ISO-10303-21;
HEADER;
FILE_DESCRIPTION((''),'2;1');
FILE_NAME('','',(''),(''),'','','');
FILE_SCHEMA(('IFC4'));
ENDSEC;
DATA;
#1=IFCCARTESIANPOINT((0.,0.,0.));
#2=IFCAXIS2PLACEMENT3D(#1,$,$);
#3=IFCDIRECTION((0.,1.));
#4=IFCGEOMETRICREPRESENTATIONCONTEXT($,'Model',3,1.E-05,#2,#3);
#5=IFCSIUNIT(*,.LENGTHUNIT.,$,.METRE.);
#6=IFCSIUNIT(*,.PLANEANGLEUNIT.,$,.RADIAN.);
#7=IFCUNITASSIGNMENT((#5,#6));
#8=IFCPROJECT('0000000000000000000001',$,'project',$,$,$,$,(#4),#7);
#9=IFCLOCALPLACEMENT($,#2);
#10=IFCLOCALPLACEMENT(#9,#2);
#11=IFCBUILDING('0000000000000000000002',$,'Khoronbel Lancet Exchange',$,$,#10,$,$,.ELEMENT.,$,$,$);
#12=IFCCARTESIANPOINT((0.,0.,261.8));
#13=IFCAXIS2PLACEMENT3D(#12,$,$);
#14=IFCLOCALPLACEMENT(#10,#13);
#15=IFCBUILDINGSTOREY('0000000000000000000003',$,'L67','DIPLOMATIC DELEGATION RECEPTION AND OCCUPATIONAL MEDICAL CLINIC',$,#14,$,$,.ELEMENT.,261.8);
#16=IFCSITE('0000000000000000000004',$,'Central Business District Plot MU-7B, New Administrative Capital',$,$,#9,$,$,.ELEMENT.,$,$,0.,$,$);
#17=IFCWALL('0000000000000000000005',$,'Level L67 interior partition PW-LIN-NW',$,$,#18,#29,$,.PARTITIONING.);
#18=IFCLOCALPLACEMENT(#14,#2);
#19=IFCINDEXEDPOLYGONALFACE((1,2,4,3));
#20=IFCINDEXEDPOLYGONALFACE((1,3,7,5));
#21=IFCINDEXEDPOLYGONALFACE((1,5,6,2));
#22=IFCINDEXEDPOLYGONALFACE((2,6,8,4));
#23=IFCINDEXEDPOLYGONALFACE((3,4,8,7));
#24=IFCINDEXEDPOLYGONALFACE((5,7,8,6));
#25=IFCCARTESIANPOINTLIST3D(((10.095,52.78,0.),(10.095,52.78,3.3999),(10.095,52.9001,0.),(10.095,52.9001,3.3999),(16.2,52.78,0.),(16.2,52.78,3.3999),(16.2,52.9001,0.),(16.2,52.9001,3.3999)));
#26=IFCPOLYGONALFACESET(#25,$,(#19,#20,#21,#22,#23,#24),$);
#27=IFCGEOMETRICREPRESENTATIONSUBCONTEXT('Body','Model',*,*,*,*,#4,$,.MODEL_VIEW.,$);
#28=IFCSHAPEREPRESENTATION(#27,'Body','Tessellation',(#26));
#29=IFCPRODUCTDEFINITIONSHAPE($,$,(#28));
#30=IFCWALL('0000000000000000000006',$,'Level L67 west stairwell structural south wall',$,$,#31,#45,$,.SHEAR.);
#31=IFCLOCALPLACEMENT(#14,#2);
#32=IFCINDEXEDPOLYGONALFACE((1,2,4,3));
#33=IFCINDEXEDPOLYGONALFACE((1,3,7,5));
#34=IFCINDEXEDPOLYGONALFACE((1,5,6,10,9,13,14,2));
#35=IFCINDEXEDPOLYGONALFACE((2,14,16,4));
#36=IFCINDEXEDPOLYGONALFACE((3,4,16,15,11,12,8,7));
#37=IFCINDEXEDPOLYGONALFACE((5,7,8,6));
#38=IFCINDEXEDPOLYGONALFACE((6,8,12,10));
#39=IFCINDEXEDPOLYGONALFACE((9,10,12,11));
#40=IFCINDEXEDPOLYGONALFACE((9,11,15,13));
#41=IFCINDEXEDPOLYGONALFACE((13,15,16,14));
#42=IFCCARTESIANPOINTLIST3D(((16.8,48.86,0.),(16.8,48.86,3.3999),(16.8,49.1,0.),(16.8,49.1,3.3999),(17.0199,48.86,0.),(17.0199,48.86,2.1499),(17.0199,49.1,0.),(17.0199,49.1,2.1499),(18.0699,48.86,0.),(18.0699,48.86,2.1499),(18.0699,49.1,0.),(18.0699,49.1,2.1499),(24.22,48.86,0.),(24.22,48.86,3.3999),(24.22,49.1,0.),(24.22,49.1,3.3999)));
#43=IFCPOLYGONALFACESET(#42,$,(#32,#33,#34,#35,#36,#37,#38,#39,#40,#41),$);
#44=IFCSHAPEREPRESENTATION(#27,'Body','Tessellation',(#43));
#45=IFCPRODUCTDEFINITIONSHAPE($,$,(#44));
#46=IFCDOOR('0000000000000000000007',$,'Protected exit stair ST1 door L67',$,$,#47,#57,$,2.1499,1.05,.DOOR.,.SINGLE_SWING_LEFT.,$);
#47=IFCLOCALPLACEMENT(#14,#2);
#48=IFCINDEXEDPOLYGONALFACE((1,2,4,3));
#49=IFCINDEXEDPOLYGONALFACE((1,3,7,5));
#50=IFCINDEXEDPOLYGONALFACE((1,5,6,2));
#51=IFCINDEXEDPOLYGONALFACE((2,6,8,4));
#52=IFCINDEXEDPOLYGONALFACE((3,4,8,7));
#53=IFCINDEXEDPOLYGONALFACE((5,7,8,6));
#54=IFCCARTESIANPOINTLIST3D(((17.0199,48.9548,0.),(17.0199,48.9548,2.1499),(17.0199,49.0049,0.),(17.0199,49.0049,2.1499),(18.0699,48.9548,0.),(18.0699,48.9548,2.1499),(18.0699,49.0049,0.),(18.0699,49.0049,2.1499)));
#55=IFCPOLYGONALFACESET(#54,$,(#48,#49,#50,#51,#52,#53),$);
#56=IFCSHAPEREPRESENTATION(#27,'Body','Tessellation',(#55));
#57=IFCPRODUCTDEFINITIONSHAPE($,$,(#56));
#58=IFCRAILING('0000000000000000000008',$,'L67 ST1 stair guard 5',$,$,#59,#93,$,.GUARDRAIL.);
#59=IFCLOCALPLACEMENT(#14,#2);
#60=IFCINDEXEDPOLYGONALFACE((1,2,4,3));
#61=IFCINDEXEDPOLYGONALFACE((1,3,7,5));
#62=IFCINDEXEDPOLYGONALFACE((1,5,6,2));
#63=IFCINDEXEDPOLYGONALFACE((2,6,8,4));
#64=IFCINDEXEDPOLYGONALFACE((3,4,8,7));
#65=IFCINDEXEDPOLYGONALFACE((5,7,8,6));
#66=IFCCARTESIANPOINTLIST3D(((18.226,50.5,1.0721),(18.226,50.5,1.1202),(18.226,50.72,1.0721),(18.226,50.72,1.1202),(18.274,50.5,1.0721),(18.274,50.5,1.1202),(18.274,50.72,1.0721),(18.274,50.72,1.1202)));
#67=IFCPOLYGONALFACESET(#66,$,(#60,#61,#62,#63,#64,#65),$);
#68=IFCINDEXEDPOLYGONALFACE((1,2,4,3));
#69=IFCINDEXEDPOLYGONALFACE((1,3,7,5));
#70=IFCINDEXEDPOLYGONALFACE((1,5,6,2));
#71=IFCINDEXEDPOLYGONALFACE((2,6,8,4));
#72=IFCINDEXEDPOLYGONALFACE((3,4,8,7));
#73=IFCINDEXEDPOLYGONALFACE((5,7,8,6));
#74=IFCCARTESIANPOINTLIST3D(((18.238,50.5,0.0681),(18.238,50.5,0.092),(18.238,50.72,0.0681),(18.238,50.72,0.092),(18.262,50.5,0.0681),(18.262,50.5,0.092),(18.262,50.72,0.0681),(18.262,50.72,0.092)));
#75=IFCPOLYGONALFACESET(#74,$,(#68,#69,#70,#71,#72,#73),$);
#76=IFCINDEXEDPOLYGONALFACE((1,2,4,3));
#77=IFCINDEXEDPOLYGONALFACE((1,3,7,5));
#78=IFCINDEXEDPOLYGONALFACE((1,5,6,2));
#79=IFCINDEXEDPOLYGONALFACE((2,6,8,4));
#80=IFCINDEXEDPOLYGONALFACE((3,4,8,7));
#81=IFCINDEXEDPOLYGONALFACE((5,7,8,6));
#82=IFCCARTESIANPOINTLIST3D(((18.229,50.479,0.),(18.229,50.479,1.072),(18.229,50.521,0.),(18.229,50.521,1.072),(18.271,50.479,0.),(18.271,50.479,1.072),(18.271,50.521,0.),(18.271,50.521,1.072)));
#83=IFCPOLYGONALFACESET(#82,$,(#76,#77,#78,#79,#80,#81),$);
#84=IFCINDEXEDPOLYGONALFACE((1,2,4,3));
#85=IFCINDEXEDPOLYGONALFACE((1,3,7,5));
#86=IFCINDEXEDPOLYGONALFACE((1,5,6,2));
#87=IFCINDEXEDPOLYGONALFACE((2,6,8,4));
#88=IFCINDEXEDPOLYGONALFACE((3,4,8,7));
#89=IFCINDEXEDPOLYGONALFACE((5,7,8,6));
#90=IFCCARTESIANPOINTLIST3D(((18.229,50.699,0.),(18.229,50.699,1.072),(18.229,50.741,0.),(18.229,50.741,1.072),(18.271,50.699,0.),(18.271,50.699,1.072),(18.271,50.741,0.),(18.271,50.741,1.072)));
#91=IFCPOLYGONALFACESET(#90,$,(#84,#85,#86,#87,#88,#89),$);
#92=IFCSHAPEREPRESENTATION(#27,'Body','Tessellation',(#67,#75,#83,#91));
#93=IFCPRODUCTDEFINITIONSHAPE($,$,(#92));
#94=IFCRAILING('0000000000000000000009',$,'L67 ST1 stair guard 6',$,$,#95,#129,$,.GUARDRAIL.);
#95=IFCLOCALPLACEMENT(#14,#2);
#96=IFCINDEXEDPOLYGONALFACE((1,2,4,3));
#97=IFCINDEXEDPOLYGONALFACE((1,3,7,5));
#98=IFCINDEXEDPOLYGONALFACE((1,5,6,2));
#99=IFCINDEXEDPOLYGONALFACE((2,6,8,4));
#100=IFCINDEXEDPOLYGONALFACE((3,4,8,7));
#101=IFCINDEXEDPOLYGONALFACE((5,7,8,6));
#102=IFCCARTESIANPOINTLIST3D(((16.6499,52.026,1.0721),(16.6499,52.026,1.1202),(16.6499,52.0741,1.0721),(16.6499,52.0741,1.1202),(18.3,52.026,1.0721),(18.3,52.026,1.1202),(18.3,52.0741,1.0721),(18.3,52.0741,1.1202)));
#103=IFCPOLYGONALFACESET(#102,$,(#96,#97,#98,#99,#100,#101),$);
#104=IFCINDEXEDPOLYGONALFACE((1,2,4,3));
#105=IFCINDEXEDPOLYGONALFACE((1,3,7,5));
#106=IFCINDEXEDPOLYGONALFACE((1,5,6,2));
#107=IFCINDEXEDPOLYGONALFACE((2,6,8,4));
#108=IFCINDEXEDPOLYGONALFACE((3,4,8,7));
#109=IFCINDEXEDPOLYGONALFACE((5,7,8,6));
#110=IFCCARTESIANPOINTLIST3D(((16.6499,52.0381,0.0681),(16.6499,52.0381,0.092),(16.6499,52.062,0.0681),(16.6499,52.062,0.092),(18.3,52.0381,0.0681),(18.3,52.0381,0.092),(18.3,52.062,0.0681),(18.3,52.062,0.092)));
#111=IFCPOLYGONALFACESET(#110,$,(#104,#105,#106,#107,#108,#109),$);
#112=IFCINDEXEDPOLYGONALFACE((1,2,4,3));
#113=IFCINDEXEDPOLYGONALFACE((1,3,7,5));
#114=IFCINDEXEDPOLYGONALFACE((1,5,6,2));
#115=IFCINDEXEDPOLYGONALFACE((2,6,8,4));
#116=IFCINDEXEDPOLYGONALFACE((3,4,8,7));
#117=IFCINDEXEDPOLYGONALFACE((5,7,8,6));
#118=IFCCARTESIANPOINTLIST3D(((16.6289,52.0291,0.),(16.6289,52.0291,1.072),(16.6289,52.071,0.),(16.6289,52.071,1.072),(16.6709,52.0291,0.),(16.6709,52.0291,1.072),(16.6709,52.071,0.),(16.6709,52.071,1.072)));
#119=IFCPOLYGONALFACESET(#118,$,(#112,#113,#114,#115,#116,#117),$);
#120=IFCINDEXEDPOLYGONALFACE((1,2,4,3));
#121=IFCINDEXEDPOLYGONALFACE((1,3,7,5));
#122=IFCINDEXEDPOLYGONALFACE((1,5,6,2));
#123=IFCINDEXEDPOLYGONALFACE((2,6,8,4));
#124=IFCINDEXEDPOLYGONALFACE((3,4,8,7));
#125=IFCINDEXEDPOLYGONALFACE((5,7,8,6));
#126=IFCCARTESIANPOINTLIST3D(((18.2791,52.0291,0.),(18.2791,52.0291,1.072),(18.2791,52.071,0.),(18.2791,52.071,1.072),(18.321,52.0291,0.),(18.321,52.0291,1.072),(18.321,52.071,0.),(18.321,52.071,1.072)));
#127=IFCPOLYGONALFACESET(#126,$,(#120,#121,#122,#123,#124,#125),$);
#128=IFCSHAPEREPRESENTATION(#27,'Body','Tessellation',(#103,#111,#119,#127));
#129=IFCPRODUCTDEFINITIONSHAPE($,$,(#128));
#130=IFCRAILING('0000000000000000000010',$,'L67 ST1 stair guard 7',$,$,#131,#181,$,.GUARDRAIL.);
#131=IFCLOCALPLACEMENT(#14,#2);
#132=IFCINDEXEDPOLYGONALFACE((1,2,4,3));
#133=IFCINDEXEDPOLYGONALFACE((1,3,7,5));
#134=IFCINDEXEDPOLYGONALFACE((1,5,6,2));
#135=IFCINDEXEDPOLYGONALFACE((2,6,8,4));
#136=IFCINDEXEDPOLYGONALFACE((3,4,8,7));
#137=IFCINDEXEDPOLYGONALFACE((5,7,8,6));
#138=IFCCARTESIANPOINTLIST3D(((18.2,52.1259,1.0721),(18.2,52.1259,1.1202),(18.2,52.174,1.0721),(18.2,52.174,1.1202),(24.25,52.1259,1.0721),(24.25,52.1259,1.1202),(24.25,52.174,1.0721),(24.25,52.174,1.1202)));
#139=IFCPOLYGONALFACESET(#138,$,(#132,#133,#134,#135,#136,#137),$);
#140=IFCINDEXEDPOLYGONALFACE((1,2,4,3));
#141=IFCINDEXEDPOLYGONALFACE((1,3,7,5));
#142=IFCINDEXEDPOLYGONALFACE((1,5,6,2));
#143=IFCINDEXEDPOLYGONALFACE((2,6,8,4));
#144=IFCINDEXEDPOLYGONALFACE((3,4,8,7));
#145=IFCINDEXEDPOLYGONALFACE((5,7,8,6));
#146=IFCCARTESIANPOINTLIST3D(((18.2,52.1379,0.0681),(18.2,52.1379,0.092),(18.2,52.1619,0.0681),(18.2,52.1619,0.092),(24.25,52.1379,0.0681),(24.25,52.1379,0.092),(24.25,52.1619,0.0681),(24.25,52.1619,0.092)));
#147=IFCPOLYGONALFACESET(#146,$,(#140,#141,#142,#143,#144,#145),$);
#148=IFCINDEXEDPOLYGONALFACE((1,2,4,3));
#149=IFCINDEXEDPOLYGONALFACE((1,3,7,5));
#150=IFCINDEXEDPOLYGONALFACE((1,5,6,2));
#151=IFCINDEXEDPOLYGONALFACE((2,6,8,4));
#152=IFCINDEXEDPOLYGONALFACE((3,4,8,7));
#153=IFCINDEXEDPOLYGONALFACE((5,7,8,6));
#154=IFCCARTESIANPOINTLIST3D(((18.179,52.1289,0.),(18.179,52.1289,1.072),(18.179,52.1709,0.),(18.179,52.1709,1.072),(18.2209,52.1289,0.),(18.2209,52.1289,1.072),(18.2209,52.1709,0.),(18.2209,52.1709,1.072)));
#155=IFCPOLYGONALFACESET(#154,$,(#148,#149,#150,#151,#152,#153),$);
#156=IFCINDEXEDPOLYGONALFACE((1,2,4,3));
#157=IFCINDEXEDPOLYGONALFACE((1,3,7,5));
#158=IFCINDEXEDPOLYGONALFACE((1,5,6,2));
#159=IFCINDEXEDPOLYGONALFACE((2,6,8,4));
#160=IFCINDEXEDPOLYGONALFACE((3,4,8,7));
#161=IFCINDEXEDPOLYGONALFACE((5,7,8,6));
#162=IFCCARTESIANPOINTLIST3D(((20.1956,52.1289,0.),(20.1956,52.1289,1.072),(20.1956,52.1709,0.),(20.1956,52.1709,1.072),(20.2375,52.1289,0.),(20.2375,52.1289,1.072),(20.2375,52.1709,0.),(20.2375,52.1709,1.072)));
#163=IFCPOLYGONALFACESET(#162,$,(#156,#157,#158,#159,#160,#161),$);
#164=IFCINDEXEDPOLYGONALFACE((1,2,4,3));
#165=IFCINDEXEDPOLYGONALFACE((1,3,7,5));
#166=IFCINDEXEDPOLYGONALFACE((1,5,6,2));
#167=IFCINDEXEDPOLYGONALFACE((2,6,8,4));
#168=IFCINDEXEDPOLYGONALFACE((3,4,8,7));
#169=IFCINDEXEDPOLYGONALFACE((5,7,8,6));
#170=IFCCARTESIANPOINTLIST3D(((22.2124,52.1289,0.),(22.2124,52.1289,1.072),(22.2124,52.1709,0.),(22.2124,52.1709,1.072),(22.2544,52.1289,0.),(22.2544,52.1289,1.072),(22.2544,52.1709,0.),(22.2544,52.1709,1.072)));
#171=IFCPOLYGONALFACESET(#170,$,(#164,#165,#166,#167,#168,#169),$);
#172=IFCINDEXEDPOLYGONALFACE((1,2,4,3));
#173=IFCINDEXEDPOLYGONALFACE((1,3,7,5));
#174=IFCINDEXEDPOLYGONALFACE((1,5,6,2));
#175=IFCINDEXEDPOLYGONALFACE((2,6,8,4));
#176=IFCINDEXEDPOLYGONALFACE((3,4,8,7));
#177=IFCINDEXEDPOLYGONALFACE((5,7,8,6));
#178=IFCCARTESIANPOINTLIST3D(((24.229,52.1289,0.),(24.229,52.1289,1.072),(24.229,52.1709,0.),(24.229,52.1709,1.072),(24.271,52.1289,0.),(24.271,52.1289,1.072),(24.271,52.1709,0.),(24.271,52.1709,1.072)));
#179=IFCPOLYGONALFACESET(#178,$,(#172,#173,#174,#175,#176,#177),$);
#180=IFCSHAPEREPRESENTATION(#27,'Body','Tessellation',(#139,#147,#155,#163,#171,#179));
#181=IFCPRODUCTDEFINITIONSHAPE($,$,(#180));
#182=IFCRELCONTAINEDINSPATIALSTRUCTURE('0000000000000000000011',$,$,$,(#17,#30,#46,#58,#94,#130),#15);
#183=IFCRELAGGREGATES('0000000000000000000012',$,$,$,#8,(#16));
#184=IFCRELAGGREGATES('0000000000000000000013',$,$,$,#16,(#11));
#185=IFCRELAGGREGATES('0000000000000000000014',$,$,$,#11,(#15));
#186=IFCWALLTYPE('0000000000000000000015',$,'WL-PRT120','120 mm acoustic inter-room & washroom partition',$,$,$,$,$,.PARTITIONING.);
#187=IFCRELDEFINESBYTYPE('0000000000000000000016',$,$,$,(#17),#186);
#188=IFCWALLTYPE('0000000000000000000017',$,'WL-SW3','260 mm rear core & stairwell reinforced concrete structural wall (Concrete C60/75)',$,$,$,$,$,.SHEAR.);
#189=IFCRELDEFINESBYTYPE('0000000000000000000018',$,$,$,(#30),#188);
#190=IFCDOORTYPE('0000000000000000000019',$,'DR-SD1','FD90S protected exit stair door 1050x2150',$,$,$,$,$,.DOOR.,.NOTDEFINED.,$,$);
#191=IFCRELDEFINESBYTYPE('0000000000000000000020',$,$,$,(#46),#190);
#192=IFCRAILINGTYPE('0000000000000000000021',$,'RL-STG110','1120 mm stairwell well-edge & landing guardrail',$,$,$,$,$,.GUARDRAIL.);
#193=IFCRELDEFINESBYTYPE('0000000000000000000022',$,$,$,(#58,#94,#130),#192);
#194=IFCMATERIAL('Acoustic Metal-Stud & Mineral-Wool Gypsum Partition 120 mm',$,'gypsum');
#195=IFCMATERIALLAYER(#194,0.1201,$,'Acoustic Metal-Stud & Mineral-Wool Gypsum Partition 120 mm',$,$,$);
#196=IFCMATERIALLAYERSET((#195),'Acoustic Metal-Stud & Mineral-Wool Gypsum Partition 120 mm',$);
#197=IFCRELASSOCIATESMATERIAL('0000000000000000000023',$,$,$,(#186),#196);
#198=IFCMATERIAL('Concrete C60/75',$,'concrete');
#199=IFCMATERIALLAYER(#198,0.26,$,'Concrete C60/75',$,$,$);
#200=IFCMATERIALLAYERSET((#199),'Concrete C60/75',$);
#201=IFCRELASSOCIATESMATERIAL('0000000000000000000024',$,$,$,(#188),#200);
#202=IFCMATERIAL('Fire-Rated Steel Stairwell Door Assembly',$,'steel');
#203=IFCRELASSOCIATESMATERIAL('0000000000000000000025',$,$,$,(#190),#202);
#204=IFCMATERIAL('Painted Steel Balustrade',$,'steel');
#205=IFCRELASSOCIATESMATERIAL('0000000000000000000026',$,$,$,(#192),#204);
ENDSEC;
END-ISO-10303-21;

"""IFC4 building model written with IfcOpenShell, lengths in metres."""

from ifc_helpers import new_model, si_unit, direction, frame, frame_2d, origin, origin_2d, place, context, subcontext, project, spatial, rectangle, extrude, material, layer, layer_set, type_object, element, fill, save


model = new_model("IFC4")

# Units and contexts
model_context = context("Model", 3, precision=1e-05, world=origin(), true_north=direction((0.0, 1.0)))
body_context = subcontext(model_context, "Body", "Model", "MODEL_VIEW")
ifc_project = project(units=[si_unit("LENGTHUNIT", "METRE"), si_unit("PLANEANGLEUNIT", "RADIAN")], contexts=[model_context])

# Site, building, storey
site_placement = place(None, origin())
site = spatial("IfcSite", under=ifc_project, at=site_placement, Name="Central Business District Plot MU-7B, New Administrative Capital", CompositionType="ELEMENT", RefElevation=0.0)
building_placement = place(site_placement, origin())
building = spatial("IfcBuilding", under=site, at=building_placement, Name="Khoronbel Lancet Exchange", CompositionType="ELEMENT")
storey_placement = place(building_placement, frame((0.0, 0.0, 261.8)))
storey = spatial("IfcBuildingStorey", under=building, at=storey_placement, Name="L67", Description="DIPLOMATIC DELEGATION RECEPTION AND OCCUPATIONAL MEDICAL CLINIC", CompositionType="ELEMENT", Elevation=261.8)

# Shared definitions
ifc_material_1 = material(Name="Concrete C60/75", Category="concrete")

# Shared definitions
ifc_material_2 = material(Name="Acoustic Metal-Stud & Mineral-Wool Gypsum Partition 120 mm", Category="gypsum")
ifc_layer_1 = layer(ifc_material_2, 0.1201, Name="Acoustic Metal-Stud & Mineral-Wool Gypsum Partition 120 mm")
ifc_layer_set_1 = layer_set([ifc_layer_1], Name="Acoustic Metal-Stud & Mineral-Wool Gypsum Partition 120 mm")
wall_type_1 = type_object("IfcWallType", Name="WL-PRT120", Description="120 mm acoustic inter-room & washroom partition", PredefinedType="PARTITIONING", material=ifc_layer_set_1)

# Wall
wall_1_placement = place(storey_placement, frame((10.095, 52.8401, 0.0), z_axis=(0.0, 0.0, 1.0), x_axis=(1.0, 0.0, 0.0)))
element("IfcWall", 1, at=wall_1_placement, inside=storey, type_object=wall_type_1, Name="Level L67 interior partition PW-LIN-NW", PredefinedType="PARTITIONING", context=body_context, shape_type="SweptSolid", body=[
    extrude(rectangle(XDim=6.105, YDim=0.1201, at=frame_2d((3.0525, 0.0))), origin(), (0.0, 0.0, 1.0), 3.3999),
])

# Wall, opening, door
ifc_layer_2 = layer(ifc_material_1, 0.26, Name="Concrete C60/75")
ifc_layer_set_2 = layer_set([ifc_layer_2], Name="Concrete C60/75")
wall_type_2 = type_object("IfcWallType", Name="WL-SW3", Description="260 mm rear core & stairwell reinforced concrete structural wall (Concrete C60/75)", PredefinedType="SHEAR", material=ifc_layer_set_2)
wall_2_placement = place(storey_placement, frame((16.8, 48.98, 0.0), z_axis=(0.0, 0.0, 1.0), x_axis=(1.0, 0.0, 0.0)))
wall_2 = element("IfcWall", 2, at=wall_2_placement, inside=storey, type_object=wall_type_2, Name="Level L67 west stairwell structural south wall", PredefinedType="SHEAR", context=body_context, shape_type="SweptSolid", body=[
    extrude(rectangle(XDim=7.4199, YDim=0.24, at=frame_2d((3.71, 0.0))), origin(), (0.0, 0.0, 1.0), 3.3999),
])
opening_1_placement = place(wall_2_placement, frame((0.22, 0.0, 0.0)))
opening_1 = element("IfcOpeningElement", 3, at=opening_1_placement, cuts=wall_2, PredefinedType="OPENING", context=body_context, shape_type="SweptSolid", body=[
    extrude(rectangle(XDim=1.05, YDim=2.1499, at=frame_2d((0.5249, 1.075))), frame((0.0, 0.1299, 0.0), z_axis=(0.0, -1.0, 0.0), x_axis=(1.0, 0.0, 0.0)), (0.0, 0.0, 1.0), 0.26),
])
ifc_material_3 = material(Name="Fire-Rated Steel Stairwell Door Assembly", Category="steel")
door_type_1 = type_object("IfcDoorType", Name="DR-SD1", Description="FD90S protected exit stair door 1050x2150", OperationType="NOTDEFINED", PredefinedType="DOOR", material=ifc_material_3)
door_1_placement = place(opening_1_placement, origin())
door_1 = element("IfcDoor", 4, at=door_1_placement, inside=storey, type_object=door_type_1, Name="Protected exit stair ST1 door L67", OperationType="SINGLE_SWING_LEFT", OverallHeight=2.1499, OverallWidth=1.05, PredefinedType="DOOR", context=body_context, shape_type="SweptSolid", body=[
    extrude(rectangle(XDim=1.05, YDim=2.1499, at=frame_2d((0.5249, 1.075))), frame((0.0, 0.0249, 0.0), z_axis=(0.0, -1.0, 0.0), x_axis=(1.0, 0.0, 0.0)), (0.0, 0.0, 1.0), 0.05),
])
fill(opening_1, door_1)

# Railings
ifc_material_4 = material(Name="Painted Steel Balustrade", Category="steel")
railing_type_1 = type_object("IfcRailingType", Name="RL-STG110", Description="1120 mm stairwell well-edge & landing guardrail", PredefinedType="GUARDRAIL", material=ifc_material_4)
railing_1_placement = place(storey_placement, frame((18.25, 50.5, 0.0)))
element("IfcRailing", 5, at=railing_1_placement, inside=storey, type_object=railing_type_1, Name="L67 ST1 stair guard 5", PredefinedType="GUARDRAIL", context=body_context, shape_type="SweptSolid", body=[
    extrude(rectangle(XDim=0.0481, YDim=0.0481, at=origin_2d()), frame((0.0, 0.0, 1.0962), z_axis=(0.0, 1.0, 0.0), x_axis=(-1.0, 0.0, 0.0)), (0.0, 0.0, 1.0), 0.22),
    extrude(rectangle(XDim=0.0239, YDim=0.0239, at=origin_2d()), frame((0.0, 0.0, 0.0801), z_axis=(0.0, 1.0, 0.0), x_axis=(-1.0, 0.0, 0.0)), (0.0, 0.0, 1.0), 0.22),
    extrude(rectangle(XDim=0.042, YDim=0.042, at=origin_2d()), origin(), (0.0, 0.0, 1.0), 1.072),
    extrude(rectangle(XDim=0.042, YDim=0.042, at=origin_2d()), frame((0.0, 0.22, 0.0)), (0.0, 0.0, 1.0), 1.072),
])
railing_2_placement = place(storey_placement, frame((16.6499, 52.05, 0.0)))
element("IfcRailing", 6, at=railing_2_placement, inside=storey, type_object=railing_type_1, Name="L67 ST1 stair guard 6", PredefinedType="GUARDRAIL", context=body_context, shape_type="SweptSolid", body=[
    extrude(rectangle(XDim=0.0481, YDim=0.0481, at=origin_2d()), frame((0.0, 0.0, 1.0962), z_axis=(1.0, 0.0, 0.0), x_axis=(0.0, 1.0, 0.0)), (0.0, 0.0, 1.0), 1.6501),
    extrude(rectangle(XDim=0.0239, YDim=0.0239, at=origin_2d()), frame((0.0, 0.0, 0.0801), z_axis=(1.0, 0.0, 0.0), x_axis=(0.0, 1.0, 0.0)), (0.0, 0.0, 1.0), 1.6501),
    extrude(rectangle(XDim=0.042, YDim=0.042, at=origin_2d()), origin(), (0.0, 0.0, 1.0), 1.072),
    extrude(rectangle(XDim=0.042, YDim=0.042, at=origin_2d()), frame((1.6501, 0.0, 0.0)), (0.0, 0.0, 1.0), 1.072),
])
railing_3_placement = place(storey_placement, frame((18.2, 52.1499, 0.0)))
element("IfcRailing", 7, at=railing_3_placement, inside=storey, type_object=railing_type_1, Name="L67 ST1 stair guard 7", PredefinedType="GUARDRAIL", context=body_context, shape_type="SweptSolid", body=[
    extrude(rectangle(XDim=0.0481, YDim=0.0481, at=origin_2d()), frame((0.0, 0.0, 1.0962), z_axis=(1.0, 0.0, 0.0), x_axis=(0.0, 1.0, 0.0)), (0.0, 0.0, 1.0), 6.05),
    extrude(rectangle(XDim=0.0239, YDim=0.0239, at=origin_2d()), frame((0.0, 0.0, 0.0801), z_axis=(1.0, 0.0, 0.0), x_axis=(0.0, 1.0, 0.0)), (0.0, 0.0, 1.0), 6.05),
    extrude(rectangle(XDim=0.042, YDim=0.042, at=origin_2d()), origin(), (0.0, 0.0, 1.0), 1.072),
    extrude(rectangle(XDim=0.042, YDim=0.042, at=origin_2d()), frame((2.0166, 0.0, 0.0)), (0.0, 0.0, 1.0), 1.072),
    extrude(rectangle(XDim=0.042, YDim=0.042, at=origin_2d()), frame((4.0334, 0.0, 0.0)), (0.0, 0.0, 1.0), 1.072),
    extrude(rectangle(XDim=0.042, YDim=0.042, at=origin_2d()), frame((6.05, 0.0, 0.0)), (0.0, 0.0, 1.0), 1.072),
])

save(model, "model.ifc")
